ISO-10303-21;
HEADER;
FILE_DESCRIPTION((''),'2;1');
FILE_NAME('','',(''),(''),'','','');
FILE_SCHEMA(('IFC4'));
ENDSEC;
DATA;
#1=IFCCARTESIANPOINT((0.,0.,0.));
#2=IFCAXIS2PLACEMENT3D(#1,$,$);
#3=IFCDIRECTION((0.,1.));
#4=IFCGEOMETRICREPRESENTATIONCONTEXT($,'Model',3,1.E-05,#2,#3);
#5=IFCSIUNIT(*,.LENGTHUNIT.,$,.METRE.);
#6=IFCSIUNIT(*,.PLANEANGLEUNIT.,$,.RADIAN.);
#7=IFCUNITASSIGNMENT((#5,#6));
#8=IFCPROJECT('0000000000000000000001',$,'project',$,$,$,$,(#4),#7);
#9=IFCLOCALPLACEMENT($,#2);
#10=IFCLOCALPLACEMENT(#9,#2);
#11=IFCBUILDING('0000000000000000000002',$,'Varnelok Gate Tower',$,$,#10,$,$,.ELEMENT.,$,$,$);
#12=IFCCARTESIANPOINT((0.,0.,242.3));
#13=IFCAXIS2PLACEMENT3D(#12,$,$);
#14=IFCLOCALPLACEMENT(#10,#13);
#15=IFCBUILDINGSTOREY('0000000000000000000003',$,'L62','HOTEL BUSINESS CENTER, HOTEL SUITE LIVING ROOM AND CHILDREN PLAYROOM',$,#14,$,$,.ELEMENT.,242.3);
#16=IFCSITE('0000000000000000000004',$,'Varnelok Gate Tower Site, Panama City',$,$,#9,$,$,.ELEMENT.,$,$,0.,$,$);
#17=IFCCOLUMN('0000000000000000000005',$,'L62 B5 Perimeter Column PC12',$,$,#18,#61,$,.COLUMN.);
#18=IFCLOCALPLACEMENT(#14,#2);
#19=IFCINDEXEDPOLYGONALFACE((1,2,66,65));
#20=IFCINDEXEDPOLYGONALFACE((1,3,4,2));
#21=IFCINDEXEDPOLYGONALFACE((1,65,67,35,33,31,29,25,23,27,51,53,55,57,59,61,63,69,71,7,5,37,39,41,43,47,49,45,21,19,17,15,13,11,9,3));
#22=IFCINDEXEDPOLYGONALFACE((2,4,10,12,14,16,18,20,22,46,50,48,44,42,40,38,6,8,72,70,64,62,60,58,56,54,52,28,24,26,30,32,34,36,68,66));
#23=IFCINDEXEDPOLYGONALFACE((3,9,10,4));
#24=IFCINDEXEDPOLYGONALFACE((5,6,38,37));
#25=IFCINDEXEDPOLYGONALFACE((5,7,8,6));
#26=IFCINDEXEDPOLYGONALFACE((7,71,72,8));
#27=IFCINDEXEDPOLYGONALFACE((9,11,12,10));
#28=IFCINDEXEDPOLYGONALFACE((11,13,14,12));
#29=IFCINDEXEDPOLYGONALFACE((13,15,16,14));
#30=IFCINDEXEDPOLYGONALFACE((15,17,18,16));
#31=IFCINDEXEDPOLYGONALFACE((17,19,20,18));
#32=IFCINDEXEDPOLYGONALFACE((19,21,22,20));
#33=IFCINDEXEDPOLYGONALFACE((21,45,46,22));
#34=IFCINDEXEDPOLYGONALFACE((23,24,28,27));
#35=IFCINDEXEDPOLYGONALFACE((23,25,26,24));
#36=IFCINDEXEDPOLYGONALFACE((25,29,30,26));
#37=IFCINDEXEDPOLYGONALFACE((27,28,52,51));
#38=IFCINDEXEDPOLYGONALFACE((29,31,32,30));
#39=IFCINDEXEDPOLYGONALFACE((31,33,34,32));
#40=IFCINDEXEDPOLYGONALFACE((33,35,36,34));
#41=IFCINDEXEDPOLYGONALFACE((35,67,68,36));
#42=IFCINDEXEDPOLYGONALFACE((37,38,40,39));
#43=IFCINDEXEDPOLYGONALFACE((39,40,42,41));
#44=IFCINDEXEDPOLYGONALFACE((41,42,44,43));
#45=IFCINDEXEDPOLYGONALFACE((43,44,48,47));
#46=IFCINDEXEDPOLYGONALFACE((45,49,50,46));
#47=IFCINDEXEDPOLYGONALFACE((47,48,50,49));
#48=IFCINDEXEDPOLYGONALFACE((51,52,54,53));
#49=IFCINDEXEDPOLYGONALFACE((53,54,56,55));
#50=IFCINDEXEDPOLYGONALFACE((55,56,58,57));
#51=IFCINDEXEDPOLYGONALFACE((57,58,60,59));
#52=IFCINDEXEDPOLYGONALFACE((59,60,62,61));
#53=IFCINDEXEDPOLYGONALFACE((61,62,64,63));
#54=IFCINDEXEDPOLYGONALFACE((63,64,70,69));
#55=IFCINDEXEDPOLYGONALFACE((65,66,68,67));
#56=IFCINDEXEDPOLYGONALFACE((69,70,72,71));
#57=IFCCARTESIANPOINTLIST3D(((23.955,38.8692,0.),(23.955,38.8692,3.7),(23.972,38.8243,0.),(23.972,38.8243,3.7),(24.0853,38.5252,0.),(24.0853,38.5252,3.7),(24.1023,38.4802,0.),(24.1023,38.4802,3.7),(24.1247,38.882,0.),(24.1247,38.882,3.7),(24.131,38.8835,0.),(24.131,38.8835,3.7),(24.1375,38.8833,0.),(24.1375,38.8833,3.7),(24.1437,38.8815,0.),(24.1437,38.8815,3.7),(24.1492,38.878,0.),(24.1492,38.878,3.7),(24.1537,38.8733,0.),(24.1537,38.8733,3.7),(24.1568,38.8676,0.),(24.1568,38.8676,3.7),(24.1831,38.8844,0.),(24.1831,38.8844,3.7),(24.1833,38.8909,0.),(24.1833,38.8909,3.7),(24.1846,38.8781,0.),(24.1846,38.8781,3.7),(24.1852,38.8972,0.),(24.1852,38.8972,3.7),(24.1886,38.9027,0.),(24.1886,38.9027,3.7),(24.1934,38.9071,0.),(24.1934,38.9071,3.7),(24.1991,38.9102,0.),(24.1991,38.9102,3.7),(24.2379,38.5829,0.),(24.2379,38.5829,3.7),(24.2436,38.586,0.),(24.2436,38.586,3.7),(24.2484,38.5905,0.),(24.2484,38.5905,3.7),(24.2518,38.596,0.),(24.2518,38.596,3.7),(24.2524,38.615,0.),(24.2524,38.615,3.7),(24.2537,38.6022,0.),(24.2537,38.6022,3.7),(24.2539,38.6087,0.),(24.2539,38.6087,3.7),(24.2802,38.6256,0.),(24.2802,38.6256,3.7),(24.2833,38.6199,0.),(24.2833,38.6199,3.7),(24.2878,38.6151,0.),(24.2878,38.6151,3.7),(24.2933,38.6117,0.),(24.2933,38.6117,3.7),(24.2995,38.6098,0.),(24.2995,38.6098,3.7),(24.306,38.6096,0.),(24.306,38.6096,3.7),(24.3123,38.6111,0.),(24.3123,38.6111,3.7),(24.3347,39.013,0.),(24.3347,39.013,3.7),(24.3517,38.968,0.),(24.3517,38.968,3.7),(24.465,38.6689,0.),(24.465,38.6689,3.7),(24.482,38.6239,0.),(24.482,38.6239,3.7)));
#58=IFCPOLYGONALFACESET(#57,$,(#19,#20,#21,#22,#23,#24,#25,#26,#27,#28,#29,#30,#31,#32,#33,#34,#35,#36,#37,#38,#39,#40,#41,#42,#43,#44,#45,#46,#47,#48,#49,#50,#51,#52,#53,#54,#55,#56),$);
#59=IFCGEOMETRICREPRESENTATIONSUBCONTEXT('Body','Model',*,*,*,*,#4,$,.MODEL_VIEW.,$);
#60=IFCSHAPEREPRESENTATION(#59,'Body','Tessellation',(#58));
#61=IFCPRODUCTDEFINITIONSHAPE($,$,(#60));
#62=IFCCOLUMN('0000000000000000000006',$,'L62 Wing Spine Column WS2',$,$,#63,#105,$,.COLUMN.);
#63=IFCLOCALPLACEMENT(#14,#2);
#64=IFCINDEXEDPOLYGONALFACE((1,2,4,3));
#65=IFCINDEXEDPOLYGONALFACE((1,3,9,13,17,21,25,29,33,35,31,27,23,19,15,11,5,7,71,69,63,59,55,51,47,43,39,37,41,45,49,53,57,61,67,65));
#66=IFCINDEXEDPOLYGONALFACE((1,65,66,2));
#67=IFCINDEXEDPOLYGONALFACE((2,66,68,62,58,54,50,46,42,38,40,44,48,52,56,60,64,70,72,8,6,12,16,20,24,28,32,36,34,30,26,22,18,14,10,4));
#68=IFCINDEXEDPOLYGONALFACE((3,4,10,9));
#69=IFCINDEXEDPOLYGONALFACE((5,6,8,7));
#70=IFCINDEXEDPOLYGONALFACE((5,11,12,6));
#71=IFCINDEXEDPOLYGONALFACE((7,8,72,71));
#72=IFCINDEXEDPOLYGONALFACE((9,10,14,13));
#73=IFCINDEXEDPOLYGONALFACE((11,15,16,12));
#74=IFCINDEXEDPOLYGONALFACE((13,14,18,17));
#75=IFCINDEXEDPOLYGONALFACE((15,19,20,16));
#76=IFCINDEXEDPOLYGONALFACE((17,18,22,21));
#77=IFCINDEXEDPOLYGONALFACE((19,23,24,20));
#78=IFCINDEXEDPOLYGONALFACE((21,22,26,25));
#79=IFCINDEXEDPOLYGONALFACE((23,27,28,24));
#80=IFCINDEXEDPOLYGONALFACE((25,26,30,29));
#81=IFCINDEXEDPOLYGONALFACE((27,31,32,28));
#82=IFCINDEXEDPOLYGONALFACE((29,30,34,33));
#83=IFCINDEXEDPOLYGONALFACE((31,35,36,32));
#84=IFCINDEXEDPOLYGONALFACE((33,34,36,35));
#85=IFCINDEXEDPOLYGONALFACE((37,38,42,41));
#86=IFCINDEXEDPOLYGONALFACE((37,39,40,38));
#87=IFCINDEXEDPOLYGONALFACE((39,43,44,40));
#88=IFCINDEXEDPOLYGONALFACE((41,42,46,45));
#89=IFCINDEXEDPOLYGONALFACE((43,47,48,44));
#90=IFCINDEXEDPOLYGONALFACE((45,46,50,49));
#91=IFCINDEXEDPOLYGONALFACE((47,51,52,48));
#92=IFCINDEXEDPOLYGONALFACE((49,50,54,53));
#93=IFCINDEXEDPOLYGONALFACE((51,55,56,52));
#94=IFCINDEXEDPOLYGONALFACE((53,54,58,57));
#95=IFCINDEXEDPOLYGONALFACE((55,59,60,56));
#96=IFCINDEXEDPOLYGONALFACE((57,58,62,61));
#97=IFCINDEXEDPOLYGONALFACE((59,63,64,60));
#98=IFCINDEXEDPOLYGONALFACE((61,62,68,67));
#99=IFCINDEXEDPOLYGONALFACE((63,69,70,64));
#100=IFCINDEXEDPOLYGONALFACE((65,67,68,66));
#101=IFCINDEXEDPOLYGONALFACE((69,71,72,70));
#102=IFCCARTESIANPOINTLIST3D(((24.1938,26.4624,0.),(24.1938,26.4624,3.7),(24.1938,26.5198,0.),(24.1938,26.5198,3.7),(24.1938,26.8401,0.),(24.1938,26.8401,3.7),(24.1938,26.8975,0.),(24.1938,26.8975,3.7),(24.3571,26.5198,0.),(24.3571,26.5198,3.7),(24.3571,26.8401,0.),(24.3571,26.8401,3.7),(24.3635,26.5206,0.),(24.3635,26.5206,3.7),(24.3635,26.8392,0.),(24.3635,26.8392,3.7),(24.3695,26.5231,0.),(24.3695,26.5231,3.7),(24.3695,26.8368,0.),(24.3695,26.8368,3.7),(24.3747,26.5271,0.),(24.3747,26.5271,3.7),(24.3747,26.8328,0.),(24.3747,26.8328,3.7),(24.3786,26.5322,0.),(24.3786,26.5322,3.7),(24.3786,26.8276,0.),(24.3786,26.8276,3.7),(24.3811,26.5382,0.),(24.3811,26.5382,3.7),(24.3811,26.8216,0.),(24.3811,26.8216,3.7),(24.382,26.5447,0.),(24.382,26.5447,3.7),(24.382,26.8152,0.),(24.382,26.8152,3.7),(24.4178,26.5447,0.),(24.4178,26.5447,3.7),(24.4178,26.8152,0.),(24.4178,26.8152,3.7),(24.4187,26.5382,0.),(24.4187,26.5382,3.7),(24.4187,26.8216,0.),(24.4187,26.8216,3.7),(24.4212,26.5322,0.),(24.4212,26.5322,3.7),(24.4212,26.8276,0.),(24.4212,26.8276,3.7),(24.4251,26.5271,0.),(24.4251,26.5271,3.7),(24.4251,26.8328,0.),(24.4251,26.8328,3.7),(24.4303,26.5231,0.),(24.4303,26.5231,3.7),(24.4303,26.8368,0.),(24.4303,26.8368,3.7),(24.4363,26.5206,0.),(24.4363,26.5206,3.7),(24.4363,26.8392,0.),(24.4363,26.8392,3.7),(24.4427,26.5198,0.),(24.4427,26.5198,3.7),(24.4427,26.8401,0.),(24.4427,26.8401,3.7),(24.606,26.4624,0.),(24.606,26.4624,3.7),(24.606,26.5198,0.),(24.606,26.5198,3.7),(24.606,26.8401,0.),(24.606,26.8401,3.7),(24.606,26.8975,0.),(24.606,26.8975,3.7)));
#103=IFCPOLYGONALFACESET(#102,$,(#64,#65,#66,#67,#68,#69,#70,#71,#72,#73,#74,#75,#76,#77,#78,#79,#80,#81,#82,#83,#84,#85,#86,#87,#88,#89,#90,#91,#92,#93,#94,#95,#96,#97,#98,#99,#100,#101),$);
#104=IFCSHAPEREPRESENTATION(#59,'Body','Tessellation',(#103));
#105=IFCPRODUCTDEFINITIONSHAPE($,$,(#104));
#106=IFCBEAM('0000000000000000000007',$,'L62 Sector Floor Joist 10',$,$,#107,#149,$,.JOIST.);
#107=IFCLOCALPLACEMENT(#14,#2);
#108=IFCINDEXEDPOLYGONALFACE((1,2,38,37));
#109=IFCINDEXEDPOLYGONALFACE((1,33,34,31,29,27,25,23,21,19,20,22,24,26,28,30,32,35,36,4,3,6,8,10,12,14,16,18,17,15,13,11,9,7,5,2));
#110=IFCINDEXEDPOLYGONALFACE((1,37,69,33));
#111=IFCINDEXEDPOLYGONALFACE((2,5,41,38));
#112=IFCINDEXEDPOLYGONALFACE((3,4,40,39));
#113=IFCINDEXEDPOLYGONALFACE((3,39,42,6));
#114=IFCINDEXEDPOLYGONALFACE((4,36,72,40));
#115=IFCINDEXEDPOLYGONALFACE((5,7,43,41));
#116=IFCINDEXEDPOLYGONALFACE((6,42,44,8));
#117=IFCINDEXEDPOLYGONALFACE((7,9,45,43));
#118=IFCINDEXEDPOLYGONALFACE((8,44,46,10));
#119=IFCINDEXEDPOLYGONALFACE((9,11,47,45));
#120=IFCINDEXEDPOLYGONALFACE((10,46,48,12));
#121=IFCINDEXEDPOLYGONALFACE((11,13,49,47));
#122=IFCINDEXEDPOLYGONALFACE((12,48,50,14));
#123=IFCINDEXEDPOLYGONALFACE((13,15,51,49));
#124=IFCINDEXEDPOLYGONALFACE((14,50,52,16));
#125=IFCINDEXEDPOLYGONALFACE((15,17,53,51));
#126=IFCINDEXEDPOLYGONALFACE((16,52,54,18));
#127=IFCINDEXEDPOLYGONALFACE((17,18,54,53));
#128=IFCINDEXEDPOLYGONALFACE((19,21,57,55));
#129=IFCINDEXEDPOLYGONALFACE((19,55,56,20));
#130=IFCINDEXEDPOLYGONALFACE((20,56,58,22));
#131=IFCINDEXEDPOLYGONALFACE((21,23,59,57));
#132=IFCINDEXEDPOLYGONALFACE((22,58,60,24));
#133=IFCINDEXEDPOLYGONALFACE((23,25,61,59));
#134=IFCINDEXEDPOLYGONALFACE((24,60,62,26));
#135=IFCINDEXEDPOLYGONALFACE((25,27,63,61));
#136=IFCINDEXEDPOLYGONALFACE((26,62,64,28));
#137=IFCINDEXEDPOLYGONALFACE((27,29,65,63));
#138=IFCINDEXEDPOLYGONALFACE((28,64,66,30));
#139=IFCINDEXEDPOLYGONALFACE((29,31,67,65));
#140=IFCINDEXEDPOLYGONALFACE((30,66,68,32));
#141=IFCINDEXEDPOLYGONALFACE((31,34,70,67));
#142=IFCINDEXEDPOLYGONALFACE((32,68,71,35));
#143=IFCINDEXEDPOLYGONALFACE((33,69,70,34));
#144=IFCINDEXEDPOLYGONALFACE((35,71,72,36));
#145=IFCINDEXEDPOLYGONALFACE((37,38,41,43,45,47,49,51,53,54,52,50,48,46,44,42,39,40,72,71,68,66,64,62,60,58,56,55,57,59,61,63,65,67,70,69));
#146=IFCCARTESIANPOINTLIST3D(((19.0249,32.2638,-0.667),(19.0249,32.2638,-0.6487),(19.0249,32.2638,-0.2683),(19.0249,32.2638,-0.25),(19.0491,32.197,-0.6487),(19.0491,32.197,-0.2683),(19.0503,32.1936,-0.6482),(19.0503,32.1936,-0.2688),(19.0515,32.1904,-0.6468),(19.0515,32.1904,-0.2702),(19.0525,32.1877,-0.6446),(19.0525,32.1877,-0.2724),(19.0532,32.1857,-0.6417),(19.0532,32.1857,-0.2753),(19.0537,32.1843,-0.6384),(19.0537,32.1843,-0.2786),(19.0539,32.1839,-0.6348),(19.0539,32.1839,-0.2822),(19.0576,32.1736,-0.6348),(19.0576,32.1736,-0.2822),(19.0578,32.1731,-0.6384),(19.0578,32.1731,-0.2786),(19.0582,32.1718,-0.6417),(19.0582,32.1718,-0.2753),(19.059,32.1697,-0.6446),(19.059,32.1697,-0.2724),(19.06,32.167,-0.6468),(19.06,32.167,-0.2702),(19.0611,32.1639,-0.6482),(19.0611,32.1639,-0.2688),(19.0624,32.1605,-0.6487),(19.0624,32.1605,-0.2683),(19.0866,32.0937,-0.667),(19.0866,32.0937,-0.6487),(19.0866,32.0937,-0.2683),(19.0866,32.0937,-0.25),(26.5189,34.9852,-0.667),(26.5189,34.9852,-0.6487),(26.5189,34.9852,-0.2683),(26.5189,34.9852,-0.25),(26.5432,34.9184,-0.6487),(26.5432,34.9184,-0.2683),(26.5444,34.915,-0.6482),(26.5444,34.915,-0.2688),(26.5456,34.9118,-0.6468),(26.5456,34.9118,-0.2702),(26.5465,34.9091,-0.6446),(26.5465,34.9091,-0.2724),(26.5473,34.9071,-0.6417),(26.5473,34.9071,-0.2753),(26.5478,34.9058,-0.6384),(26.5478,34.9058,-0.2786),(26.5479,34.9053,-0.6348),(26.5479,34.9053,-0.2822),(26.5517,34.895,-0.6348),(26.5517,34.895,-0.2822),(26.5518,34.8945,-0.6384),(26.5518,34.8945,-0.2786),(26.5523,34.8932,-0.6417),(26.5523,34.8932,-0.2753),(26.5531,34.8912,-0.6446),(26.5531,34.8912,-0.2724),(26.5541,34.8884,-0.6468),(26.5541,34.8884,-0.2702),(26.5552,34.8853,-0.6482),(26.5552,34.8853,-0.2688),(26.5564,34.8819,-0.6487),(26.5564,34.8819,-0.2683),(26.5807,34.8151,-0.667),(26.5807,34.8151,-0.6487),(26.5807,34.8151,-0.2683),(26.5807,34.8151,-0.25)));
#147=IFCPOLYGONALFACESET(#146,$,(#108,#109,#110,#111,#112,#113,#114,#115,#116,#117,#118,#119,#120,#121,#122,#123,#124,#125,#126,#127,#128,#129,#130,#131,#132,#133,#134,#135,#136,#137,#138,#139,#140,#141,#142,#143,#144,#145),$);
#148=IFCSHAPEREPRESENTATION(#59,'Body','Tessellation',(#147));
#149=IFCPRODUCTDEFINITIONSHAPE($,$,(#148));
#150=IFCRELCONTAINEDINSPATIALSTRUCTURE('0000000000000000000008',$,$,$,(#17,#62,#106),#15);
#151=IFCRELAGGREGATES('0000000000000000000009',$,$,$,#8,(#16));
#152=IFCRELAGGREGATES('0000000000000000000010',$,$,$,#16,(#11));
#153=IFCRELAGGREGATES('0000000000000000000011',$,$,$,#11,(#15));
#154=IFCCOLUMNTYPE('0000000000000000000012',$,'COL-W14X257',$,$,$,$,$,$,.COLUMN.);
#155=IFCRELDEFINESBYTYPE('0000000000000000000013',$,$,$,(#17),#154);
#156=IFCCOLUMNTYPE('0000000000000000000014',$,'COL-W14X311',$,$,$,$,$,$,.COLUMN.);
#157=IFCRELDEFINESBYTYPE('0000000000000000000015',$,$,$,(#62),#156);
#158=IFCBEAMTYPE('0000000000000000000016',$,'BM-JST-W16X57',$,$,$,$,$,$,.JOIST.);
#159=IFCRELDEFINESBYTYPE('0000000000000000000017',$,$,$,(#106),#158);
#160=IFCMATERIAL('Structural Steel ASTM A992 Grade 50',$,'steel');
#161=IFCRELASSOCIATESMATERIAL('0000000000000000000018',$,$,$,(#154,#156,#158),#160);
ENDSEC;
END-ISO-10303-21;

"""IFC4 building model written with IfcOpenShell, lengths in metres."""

from ifc_helpers import new_model, si_unit, direction, frame, origin, origin_2d, place, context, subcontext, project, spatial, i_section, extrude, material, material_profile, profile_set, type_object, element, save


model = new_model("IFC4")

# Units and contexts
model_context = context("Model", 3, precision=1e-05, world=origin(), true_north=direction((0.0, 1.0)))
body_context = subcontext(model_context, "Body", "Model", "MODEL_VIEW")
ifc_project = project(units=[si_unit("LENGTHUNIT", "METRE"), si_unit("PLANEANGLEUNIT", "RADIAN")], contexts=[model_context])

# Site, building, storey
site_placement = place(None, origin())
site = spatial("IfcSite", under=ifc_project, at=site_placement, Name="Varnelok Gate Tower Site, Panama City", CompositionType="ELEMENT", RefElevation=0.0)
building_placement = place(site_placement, origin())
building = spatial("IfcBuilding", under=site, at=building_placement, Name="Varnelok Gate Tower", CompositionType="ELEMENT")
storey_placement = place(building_placement, frame((0.0, 0.0, 242.3)))
storey = spatial("IfcBuildingStorey", under=building, at=storey_placement, Name="L62", Description="HOTEL BUSINESS CENTER, HOTEL SUITE LIVING ROOM AND CHILDREN PLAYROOM", CompositionType="ELEMENT", Elevation=242.3)

# Columns
ifc_material_1 = material(Name="Structural Steel ASTM A992 Grade 50", Category="steel")
ifc_material_profile_1 = material_profile(ifc_material_1, i_section(OverallWidth=0.406, OverallDepth=0.416, WebThickness=0.0298, FlangeThickness=0.0481, FilletRadius=0.0249, at=origin_2d()), Name="W14X257")
ifc_profile_set_1 = profile_set([ifc_material_profile_1], Name="Structural Steel ASTM A992 Grade 50")
column_type_1 = type_object("IfcColumnType", Name="COL-W14X257", PredefinedType="COLUMN", material=ifc_profile_set_1)
column_1_placement = place(storey_placement, frame((24.2185, 38.7466, 0.0), z_axis=(0.0, 0.0, 1.0), x_axis=(0.935222, 0.354063, 0.0)))
element("IfcColumn", 1, at=column_1_placement, inside=storey, type_object=column_type_1, Name="L62 B5 Perimeter Column PC12", PredefinedType="COLUMN", context=body_context, shape_type="SweptSolid", body=[
    extrude(i_section(OverallWidth=0.406, OverallDepth=0.416, WebThickness=0.0298, FlangeThickness=0.0481, FilletRadius=0.0249, at=origin_2d()), origin(), (0.0, 0.0, 1.0), 3.7),
])
ifc_material_profile_2 = material_profile(ifc_material_1, i_section(OverallWidth=0.4121, OverallDepth=0.4351, WebThickness=0.0359, FlangeThickness=0.0574, FilletRadius=0.0249, at=origin_2d()), Name="W14X311")
ifc_profile_set_2 = profile_set([ifc_material_profile_2], Name="Structural Steel ASTM A992 Grade 50")
column_type_2 = type_object("IfcColumnType", Name="COL-W14X311", PredefinedType="COLUMN", material=ifc_profile_set_2)
column_2_placement = place(storey_placement, frame((24.3999, 26.6799, 0.0), z_axis=(0.0, 0.0, 1.0), x_axis=(1.0, 0.0, 0.0)))
element("IfcColumn", 2, at=column_2_placement, inside=storey, type_object=column_type_2, Name="L62 Wing Spine Column WS2", PredefinedType="COLUMN", context=body_context, shape_type="SweptSolid", body=[
    extrude(i_section(OverallWidth=0.4121, OverallDepth=0.4351, WebThickness=0.0359, FlangeThickness=0.0574, FilletRadius=0.0249, at=origin_2d()), origin(), (0.0, 0.0, 1.0), 3.7),
])

# Beam
ifc_material_profile_3 = material_profile(ifc_material_1, i_section(OverallWidth=0.1809, OverallDepth=0.417, WebThickness=0.011, FlangeThickness=0.0183, FilletRadius=0.0139, at=origin_2d()), Name="W16X57")
ifc_profile_set_3 = profile_set([ifc_material_profile_3], Name="Structural Steel ASTM A992 Grade 50")
beam_type_1 = type_object("IfcBeamType", Name="BM-JST-W16X57", PredefinedType="JOIST", material=ifc_profile_set_3)
beam_1_placement = place(storey_placement, frame((26.5498, 34.9001, -0.4585), z_axis=(-0.939943, -0.341332, 0.0), x_axis=(0.341332, -0.939943, 0.0)))
element("IfcBeam", 3, at=beam_1_placement, inside=storey, type_object=beam_type_1, Name="L62 Sector Floor Joist 10", PredefinedType="JOIST", context=body_context, shape_type="SweptSolid", body=[
    extrude(i_section(OverallWidth=0.1809, OverallDepth=0.417, WebThickness=0.011, FlangeThickness=0.0183, FilletRadius=0.0139, at=origin_2d()), origin(), (0.0, 0.0, 1.0), 7.9729),
])

save(model, "model.ifc")
